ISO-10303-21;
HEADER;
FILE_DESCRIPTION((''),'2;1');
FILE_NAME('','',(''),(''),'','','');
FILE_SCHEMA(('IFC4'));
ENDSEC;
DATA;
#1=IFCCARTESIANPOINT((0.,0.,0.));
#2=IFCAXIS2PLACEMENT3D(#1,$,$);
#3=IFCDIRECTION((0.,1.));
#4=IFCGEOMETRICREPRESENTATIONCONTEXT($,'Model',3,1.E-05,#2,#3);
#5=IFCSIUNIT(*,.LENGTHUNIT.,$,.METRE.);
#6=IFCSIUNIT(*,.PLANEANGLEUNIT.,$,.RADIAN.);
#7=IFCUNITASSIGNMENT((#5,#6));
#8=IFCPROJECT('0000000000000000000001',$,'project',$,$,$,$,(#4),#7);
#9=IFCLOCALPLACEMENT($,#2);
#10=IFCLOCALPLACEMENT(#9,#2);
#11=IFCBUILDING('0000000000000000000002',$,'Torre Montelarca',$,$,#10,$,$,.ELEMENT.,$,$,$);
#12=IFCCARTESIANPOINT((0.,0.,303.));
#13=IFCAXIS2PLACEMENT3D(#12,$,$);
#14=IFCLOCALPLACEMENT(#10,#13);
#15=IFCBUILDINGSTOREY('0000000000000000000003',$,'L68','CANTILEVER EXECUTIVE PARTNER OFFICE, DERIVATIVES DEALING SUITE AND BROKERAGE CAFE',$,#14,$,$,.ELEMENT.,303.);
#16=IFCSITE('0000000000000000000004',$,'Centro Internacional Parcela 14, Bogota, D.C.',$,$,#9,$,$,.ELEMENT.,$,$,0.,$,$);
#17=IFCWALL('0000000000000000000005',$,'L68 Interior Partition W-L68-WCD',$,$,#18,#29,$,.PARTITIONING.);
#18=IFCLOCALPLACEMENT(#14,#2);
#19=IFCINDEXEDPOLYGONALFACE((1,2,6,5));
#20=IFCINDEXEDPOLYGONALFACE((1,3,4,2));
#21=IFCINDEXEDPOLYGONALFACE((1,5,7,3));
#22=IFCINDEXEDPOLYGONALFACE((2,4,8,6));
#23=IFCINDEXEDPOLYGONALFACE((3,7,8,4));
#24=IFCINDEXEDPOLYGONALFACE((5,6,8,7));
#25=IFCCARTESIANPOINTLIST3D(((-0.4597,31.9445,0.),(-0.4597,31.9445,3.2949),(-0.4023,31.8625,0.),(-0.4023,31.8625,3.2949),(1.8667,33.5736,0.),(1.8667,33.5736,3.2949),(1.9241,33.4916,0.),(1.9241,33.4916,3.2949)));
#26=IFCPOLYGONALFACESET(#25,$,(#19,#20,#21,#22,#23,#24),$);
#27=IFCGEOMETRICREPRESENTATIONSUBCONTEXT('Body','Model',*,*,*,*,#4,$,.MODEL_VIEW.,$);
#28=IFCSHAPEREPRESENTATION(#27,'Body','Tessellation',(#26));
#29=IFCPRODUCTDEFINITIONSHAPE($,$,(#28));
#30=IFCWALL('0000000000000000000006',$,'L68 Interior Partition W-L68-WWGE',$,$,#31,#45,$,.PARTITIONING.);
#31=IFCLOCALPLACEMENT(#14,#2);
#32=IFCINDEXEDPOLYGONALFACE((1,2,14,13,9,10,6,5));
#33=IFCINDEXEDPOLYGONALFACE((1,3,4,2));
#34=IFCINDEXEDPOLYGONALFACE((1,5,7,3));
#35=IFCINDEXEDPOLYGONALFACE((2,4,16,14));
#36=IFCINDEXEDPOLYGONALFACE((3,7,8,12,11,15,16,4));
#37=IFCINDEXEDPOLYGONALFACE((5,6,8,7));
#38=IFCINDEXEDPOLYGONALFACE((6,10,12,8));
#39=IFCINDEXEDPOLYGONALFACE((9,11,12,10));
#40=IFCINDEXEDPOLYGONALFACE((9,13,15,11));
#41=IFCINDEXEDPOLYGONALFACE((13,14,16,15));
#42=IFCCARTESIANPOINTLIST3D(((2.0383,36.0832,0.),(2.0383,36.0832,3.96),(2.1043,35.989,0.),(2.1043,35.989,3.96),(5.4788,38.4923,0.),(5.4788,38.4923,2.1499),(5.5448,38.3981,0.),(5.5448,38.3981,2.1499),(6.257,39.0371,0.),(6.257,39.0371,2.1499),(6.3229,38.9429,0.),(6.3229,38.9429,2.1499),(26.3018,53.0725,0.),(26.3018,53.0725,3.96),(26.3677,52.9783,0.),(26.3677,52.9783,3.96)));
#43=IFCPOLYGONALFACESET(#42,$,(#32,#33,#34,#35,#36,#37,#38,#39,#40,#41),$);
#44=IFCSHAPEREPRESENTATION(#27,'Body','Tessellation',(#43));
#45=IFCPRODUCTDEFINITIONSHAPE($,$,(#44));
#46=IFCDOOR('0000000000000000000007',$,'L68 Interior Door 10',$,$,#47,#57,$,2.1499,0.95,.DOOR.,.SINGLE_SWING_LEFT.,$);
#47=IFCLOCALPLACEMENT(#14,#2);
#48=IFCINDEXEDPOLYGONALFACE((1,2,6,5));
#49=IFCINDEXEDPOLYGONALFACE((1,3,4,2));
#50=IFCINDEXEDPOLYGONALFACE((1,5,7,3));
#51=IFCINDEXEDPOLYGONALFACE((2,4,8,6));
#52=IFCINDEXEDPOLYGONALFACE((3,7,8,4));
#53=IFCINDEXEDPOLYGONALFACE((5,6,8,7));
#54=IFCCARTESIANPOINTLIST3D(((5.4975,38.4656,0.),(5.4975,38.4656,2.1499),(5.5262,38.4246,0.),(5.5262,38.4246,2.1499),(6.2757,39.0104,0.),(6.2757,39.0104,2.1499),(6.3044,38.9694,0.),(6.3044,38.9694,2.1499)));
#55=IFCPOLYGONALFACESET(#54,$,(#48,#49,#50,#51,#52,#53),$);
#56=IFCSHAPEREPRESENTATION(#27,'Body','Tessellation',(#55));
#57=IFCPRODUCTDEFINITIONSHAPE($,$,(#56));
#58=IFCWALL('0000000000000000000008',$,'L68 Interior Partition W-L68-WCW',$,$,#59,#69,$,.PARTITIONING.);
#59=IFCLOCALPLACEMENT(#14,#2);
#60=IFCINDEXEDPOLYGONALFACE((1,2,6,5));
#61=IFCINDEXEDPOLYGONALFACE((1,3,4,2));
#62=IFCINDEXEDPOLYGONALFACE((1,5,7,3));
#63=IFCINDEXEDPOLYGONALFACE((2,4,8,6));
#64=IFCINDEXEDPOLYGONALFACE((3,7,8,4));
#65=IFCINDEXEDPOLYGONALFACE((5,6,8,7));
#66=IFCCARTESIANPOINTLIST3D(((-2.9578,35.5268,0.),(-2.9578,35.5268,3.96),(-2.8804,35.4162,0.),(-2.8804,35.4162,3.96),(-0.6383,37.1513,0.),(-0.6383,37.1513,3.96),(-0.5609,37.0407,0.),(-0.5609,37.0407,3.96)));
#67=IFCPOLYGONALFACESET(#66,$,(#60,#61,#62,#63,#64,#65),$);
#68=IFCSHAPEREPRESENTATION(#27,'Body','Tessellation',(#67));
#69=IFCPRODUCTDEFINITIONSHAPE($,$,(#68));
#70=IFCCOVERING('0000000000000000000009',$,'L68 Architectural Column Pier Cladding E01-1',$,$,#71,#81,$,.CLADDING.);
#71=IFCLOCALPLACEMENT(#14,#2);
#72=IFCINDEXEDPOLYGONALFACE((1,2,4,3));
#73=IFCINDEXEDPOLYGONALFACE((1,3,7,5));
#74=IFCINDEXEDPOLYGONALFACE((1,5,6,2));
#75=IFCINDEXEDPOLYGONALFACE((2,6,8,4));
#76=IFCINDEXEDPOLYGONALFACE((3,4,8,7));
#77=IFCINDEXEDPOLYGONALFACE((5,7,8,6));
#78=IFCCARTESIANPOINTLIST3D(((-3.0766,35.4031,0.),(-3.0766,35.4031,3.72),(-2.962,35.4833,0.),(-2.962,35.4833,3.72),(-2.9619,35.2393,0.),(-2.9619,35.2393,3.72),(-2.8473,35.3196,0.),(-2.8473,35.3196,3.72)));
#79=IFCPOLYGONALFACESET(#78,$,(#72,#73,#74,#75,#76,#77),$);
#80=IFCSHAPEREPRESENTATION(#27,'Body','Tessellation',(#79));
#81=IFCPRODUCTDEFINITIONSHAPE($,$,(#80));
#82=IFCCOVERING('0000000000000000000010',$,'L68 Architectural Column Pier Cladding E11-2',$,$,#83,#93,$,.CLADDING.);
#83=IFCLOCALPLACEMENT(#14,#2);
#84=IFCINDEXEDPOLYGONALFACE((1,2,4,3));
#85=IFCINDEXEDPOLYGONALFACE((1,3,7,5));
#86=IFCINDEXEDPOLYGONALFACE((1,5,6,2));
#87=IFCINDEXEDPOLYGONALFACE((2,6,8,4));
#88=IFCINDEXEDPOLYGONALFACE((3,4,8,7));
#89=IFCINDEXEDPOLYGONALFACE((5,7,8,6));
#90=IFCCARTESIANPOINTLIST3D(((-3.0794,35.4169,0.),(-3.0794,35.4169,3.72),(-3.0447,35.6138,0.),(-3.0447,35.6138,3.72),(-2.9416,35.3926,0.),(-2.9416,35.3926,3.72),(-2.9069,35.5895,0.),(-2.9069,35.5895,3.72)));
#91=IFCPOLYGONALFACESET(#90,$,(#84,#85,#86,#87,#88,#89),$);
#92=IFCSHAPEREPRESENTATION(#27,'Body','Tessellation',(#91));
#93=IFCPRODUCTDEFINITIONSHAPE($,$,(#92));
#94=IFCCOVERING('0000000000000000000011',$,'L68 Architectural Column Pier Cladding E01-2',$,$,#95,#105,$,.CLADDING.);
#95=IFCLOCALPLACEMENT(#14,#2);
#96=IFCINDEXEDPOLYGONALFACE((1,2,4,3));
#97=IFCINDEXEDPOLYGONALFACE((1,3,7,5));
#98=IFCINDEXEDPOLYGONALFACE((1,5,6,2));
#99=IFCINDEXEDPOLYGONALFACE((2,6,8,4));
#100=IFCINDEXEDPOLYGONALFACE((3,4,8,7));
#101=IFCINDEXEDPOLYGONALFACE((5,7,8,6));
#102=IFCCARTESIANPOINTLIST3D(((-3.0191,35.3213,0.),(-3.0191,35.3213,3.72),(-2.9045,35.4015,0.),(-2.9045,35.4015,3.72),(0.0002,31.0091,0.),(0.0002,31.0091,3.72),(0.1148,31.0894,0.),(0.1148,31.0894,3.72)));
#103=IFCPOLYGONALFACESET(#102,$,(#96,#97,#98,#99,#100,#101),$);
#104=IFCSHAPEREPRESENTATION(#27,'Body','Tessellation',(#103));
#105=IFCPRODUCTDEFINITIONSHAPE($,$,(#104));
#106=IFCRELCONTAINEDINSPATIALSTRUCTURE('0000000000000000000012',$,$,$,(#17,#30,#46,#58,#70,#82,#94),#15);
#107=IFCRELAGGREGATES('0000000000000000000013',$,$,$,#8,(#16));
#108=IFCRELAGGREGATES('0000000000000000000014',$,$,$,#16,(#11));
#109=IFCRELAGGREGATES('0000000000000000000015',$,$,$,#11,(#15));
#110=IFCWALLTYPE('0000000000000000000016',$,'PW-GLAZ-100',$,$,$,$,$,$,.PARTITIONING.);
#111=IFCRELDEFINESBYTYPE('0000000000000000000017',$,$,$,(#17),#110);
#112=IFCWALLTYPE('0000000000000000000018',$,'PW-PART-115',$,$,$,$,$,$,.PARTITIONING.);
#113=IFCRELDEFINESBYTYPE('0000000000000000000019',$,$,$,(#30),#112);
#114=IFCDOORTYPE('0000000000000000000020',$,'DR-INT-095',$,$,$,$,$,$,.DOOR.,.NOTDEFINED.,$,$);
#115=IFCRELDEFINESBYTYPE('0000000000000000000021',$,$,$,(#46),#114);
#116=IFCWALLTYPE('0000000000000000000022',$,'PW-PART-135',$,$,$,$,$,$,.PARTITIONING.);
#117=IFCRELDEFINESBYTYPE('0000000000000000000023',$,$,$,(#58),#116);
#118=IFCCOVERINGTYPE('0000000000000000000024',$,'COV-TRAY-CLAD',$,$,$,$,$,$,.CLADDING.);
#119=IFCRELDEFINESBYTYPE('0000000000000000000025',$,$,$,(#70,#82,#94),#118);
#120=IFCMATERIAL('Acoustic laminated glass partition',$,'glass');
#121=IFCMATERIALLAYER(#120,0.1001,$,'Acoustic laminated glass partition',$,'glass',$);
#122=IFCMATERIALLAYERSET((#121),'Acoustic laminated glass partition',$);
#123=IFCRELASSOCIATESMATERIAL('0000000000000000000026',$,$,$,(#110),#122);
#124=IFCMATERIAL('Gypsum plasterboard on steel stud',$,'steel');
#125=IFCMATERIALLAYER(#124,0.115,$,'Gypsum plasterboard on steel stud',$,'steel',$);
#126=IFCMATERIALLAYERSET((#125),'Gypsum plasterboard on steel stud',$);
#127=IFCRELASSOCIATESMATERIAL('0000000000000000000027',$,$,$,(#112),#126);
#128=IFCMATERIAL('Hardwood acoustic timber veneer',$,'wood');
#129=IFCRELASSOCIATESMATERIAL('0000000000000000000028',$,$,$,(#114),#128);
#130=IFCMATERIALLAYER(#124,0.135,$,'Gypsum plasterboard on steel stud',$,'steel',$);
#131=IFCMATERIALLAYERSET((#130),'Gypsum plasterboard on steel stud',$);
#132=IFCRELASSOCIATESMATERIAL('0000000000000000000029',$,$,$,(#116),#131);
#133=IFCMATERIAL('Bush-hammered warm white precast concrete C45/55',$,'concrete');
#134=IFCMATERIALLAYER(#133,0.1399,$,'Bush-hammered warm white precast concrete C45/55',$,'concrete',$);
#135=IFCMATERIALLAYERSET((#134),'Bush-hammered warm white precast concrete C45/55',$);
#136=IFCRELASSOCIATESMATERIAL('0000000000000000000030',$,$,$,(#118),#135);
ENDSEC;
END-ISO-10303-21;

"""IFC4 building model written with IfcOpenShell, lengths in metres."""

from ifc_helpers import new_model, si_unit, direction, frame, frame_2d, origin, origin_2d, place, context, subcontext, project, spatial, rectangle, extrude, source, transform, mapped, material, layer, layer_set, type_object, element, fill, save


model = new_model("IFC4")

# Units and contexts
model_context = context("Model", 3, precision=1e-05, world=origin(), true_north=direction((0.0, 1.0)))
body_context = subcontext(model_context, "Body", "Model", "MODEL_VIEW")
ifc_project = project(units=[si_unit("LENGTHUNIT", "METRE"), si_unit("PLANEANGLEUNIT", "RADIAN")], contexts=[model_context])

# Site, building, storey
site_placement = place(None, origin())
site = spatial("IfcSite", under=ifc_project, at=site_placement, Name="Centro Internacional Parcela 14, Bogota, D.C.", CompositionType="ELEMENT", RefElevation=0.0)
building_placement = place(site_placement, origin())
building = spatial("IfcBuilding", under=site, at=building_placement, Name="Torre Montelarca", CompositionType="ELEMENT")
storey_placement = place(building_placement, frame((0.0, 0.0, 303.0)))
storey = spatial("IfcBuildingStorey", under=building, at=storey_placement, Name="L68", Description="CANTILEVER EXECUTIVE PARTNER OFFICE, DERIVATIVES DEALING SUITE AND BROKERAGE CAFE", CompositionType="ELEMENT", Elevation=303.0)

# Shared definitions
ifc_material_1 = material(Name="Gypsum plasterboard on steel stud", Category="steel")

# Wall
ifc_material_2 = material(Name="Acoustic laminated glass partition", Category="glass")
ifc_layer_1 = layer(ifc_material_2, 0.1001, Name="Acoustic laminated glass partition", Category="glass")
ifc_layer_set_1 = layer_set([ifc_layer_1], Name="Acoustic laminated glass partition")
wall_type_1 = type_object("IfcWallType", Name="PW-GLAZ-100", PredefinedType="PARTITIONING", material=ifc_layer_set_1)
wall_1_placement = place(storey_placement, frame((-0.4309, 31.9036, 0.0), z_axis=(0.0, 0.0, 1.0), x_axis=(0.819123, 0.573618, 0.0)))
element("IfcWall", 1, at=wall_1_placement, inside=storey, type_object=wall_type_1, Name="L68 Interior Partition W-L68-WCD", PredefinedType="PARTITIONING", context=body_context, shape_type="SweptSolid", body=[
    extrude(rectangle(XDim=2.8401, YDim=0.1001, at=frame_2d((1.4199, 0.0))), origin(), (0.0, 0.0, 1.0), 3.2949),
])

# Wall, opening, door
ifc_layer_2 = layer(ifc_material_1, 0.115, Name="Gypsum plasterboard on steel stud", Category="steel")
ifc_layer_set_2 = layer_set([ifc_layer_2], Name="Gypsum plasterboard on steel stud")
wall_type_2 = type_object("IfcWallType", Name="PW-PART-115", PredefinedType="PARTITIONING", material=ifc_layer_set_2)
wall_2_placement = place(storey_placement, frame((2.0713, 36.0361, 0.0), z_axis=(0.0, 0.0, 1.0), x_axis=(0.819155, 0.573572, 0.0)))
wall_2 = element("IfcWall", 2, at=wall_2_placement, inside=storey, type_object=wall_type_2, Name="L68 Interior Partition W-L68-WWGE", PredefinedType="PARTITIONING", context=body_context, shape_type="SweptSolid", body=[
    extrude(rectangle(XDim=29.6201, YDim=0.115, at=frame_2d((14.8101, 0.0))), origin(), (0.0, 0.0, 1.0), 3.96),
])
opening_1_placement = place(wall_2_placement, frame((4.2, 0.0, 0.0)))
opening_1 = element("IfcOpeningElement", 3, at=opening_1_placement, cuts=wall_2, PredefinedType="OPENING", context=body_context, shape_type="SweptSolid", body=[
    extrude(rectangle(XDim=0.95, YDim=2.1499, at=frame_2d((0.4751, 1.075))), frame((0.0, 0.0674, 0.0), z_axis=(0.0, -1.0, 0.0), x_axis=(1.0, 0.0, 0.0)), (0.0, 0.0, 1.0), 0.135),
])
ifc_material_3 = material(Name="Hardwood acoustic timber veneer", Category="wood")
door_type_1 = type_object("IfcDoorType", Name="DR-INT-095", OperationType="NOTDEFINED", PredefinedType="DOOR", material=ifc_material_3)
shared_shape_1 = source(origin(), body_context, "Body", "SweptSolid", [
    extrude(rectangle(XDim=0.95, YDim=2.1499, at=frame_2d((0.4751, 1.075))), frame((0.0, 0.0249, 0.0), z_axis=(0.0, -1.0, 0.0), x_axis=(1.0, 0.0, 0.0)), (0.0, 0.0, 1.0), 0.05),
])
door_1_placement = place(opening_1_placement, origin())
door_1 = element("IfcDoor", 4, at=door_1_placement, inside=storey, type_object=door_type_1, Name="L68 Interior Door 10", OperationType="SINGLE_SWING_LEFT", OverallHeight=2.1499, OverallWidth=0.95, PredefinedType="DOOR", context=body_context, shape_type="MappedRepresentation", body=[
    mapped(shared_shape_1, transform((0.0, 0.0, 0.0), scale=1.0)),
])
fill(opening_1, door_1)

# Wall
ifc_layer_3 = layer(ifc_material_1, 0.135, Name="Gypsum plasterboard on steel stud", Category="steel")
ifc_layer_set_3 = layer_set([ifc_layer_3], Name="Gypsum plasterboard on steel stud")
wall_type_3 = type_object("IfcWallType", Name="PW-PART-135", PredefinedType="PARTITIONING", material=ifc_layer_set_3)
wall_3_placement = place(storey_placement, frame((-2.9192, 35.4714, 0.0), z_axis=(0.0, 0.0, 1.0), x_axis=(0.819098, 0.573653, 0.0)))
element("IfcWall", 5, at=wall_3_placement, inside=storey, type_object=wall_type_3, Name="L68 Interior Partition W-L68-WCW", PredefinedType="PARTITIONING", context=body_context, shape_type="SweptSolid", body=[
    extrude(rectangle(XDim=2.8318, YDim=0.135, at=frame_2d((1.416, 0.0))), origin(), (0.0, 0.0, 1.0), 3.96),
])

# Coverings
ifc_material_4 = material(Name="Bush-hammered warm white precast concrete C45/55", Category="concrete")
ifc_layer_4 = layer(ifc_material_4, 0.1399, Name="Bush-hammered warm white precast concrete C45/55", Category="concrete")
ifc_layer_set_4 = layer_set([ifc_layer_4], Name="Bush-hammered warm white precast concrete C45/55")
covering_type = type_object("IfcCoveringType", Name="COV-TRAY-CLAD", PredefinedType="CLADDING", material=ifc_layer_set_4)
shared_shape_2 = source(origin(), body_context, "Body", "SweptSolid", [
    extrude(rectangle(XDim=0.2, YDim=0.1399, at=origin_2d()), origin(), (0.0, 0.0, 1.0), 3.72),
])
for number, where, z_axis, x_axis, name in (
    (6, (-2.9619, 35.3613, 0.0), (0.0, 0.0, 1.0), (0.573572, -0.819155, 0.0), "L68 Architectural Column Pier Cladding E01-1"),
    (7, (-2.9932, 35.5032, 0.0), (0.0, 0.0, 1.0), (-0.173646, -0.984808, 0.0), "L68 Architectural Column Pier Cladding E11-2"),
):
    element("IfcCovering", number, at=place(storey_placement, frame(where, z_axis=z_axis, x_axis=x_axis)), inside=storey, type_object=covering_type, Name=name, PredefinedType="CLADDING", context=body_context, shape_type="MappedRepresentation", body=[
        mapped(shared_shape_2, transform((0.0, 0.0, 0.0), scale=1.0)),
    ])
shared_shape_3 = source(origin(), body_context, "Body", "SweptSolid", [
    extrude(rectangle(XDim=5.2642, YDim=0.1399, at=origin_2d()), origin(), (0.0, 0.0, 1.0), 3.72),
])
covering_placement = place(storey_placement, frame((-1.4521, 33.2053, 0.0), z_axis=(0.0, 0.0, 1.0), x_axis=(0.573572, -0.819155, 0.0)))
element("IfcCovering", 8, at=covering_placement, inside=storey, type_object=covering_type, Name="L68 Architectural Column Pier Cladding E01-2", PredefinedType="CLADDING", context=body_context, shape_type="MappedRepresentation", body=[
    mapped(shared_shape_3, transform((0.0, 0.0, 0.0), scale=1.0)),
])

save(model, "model.ifc")
